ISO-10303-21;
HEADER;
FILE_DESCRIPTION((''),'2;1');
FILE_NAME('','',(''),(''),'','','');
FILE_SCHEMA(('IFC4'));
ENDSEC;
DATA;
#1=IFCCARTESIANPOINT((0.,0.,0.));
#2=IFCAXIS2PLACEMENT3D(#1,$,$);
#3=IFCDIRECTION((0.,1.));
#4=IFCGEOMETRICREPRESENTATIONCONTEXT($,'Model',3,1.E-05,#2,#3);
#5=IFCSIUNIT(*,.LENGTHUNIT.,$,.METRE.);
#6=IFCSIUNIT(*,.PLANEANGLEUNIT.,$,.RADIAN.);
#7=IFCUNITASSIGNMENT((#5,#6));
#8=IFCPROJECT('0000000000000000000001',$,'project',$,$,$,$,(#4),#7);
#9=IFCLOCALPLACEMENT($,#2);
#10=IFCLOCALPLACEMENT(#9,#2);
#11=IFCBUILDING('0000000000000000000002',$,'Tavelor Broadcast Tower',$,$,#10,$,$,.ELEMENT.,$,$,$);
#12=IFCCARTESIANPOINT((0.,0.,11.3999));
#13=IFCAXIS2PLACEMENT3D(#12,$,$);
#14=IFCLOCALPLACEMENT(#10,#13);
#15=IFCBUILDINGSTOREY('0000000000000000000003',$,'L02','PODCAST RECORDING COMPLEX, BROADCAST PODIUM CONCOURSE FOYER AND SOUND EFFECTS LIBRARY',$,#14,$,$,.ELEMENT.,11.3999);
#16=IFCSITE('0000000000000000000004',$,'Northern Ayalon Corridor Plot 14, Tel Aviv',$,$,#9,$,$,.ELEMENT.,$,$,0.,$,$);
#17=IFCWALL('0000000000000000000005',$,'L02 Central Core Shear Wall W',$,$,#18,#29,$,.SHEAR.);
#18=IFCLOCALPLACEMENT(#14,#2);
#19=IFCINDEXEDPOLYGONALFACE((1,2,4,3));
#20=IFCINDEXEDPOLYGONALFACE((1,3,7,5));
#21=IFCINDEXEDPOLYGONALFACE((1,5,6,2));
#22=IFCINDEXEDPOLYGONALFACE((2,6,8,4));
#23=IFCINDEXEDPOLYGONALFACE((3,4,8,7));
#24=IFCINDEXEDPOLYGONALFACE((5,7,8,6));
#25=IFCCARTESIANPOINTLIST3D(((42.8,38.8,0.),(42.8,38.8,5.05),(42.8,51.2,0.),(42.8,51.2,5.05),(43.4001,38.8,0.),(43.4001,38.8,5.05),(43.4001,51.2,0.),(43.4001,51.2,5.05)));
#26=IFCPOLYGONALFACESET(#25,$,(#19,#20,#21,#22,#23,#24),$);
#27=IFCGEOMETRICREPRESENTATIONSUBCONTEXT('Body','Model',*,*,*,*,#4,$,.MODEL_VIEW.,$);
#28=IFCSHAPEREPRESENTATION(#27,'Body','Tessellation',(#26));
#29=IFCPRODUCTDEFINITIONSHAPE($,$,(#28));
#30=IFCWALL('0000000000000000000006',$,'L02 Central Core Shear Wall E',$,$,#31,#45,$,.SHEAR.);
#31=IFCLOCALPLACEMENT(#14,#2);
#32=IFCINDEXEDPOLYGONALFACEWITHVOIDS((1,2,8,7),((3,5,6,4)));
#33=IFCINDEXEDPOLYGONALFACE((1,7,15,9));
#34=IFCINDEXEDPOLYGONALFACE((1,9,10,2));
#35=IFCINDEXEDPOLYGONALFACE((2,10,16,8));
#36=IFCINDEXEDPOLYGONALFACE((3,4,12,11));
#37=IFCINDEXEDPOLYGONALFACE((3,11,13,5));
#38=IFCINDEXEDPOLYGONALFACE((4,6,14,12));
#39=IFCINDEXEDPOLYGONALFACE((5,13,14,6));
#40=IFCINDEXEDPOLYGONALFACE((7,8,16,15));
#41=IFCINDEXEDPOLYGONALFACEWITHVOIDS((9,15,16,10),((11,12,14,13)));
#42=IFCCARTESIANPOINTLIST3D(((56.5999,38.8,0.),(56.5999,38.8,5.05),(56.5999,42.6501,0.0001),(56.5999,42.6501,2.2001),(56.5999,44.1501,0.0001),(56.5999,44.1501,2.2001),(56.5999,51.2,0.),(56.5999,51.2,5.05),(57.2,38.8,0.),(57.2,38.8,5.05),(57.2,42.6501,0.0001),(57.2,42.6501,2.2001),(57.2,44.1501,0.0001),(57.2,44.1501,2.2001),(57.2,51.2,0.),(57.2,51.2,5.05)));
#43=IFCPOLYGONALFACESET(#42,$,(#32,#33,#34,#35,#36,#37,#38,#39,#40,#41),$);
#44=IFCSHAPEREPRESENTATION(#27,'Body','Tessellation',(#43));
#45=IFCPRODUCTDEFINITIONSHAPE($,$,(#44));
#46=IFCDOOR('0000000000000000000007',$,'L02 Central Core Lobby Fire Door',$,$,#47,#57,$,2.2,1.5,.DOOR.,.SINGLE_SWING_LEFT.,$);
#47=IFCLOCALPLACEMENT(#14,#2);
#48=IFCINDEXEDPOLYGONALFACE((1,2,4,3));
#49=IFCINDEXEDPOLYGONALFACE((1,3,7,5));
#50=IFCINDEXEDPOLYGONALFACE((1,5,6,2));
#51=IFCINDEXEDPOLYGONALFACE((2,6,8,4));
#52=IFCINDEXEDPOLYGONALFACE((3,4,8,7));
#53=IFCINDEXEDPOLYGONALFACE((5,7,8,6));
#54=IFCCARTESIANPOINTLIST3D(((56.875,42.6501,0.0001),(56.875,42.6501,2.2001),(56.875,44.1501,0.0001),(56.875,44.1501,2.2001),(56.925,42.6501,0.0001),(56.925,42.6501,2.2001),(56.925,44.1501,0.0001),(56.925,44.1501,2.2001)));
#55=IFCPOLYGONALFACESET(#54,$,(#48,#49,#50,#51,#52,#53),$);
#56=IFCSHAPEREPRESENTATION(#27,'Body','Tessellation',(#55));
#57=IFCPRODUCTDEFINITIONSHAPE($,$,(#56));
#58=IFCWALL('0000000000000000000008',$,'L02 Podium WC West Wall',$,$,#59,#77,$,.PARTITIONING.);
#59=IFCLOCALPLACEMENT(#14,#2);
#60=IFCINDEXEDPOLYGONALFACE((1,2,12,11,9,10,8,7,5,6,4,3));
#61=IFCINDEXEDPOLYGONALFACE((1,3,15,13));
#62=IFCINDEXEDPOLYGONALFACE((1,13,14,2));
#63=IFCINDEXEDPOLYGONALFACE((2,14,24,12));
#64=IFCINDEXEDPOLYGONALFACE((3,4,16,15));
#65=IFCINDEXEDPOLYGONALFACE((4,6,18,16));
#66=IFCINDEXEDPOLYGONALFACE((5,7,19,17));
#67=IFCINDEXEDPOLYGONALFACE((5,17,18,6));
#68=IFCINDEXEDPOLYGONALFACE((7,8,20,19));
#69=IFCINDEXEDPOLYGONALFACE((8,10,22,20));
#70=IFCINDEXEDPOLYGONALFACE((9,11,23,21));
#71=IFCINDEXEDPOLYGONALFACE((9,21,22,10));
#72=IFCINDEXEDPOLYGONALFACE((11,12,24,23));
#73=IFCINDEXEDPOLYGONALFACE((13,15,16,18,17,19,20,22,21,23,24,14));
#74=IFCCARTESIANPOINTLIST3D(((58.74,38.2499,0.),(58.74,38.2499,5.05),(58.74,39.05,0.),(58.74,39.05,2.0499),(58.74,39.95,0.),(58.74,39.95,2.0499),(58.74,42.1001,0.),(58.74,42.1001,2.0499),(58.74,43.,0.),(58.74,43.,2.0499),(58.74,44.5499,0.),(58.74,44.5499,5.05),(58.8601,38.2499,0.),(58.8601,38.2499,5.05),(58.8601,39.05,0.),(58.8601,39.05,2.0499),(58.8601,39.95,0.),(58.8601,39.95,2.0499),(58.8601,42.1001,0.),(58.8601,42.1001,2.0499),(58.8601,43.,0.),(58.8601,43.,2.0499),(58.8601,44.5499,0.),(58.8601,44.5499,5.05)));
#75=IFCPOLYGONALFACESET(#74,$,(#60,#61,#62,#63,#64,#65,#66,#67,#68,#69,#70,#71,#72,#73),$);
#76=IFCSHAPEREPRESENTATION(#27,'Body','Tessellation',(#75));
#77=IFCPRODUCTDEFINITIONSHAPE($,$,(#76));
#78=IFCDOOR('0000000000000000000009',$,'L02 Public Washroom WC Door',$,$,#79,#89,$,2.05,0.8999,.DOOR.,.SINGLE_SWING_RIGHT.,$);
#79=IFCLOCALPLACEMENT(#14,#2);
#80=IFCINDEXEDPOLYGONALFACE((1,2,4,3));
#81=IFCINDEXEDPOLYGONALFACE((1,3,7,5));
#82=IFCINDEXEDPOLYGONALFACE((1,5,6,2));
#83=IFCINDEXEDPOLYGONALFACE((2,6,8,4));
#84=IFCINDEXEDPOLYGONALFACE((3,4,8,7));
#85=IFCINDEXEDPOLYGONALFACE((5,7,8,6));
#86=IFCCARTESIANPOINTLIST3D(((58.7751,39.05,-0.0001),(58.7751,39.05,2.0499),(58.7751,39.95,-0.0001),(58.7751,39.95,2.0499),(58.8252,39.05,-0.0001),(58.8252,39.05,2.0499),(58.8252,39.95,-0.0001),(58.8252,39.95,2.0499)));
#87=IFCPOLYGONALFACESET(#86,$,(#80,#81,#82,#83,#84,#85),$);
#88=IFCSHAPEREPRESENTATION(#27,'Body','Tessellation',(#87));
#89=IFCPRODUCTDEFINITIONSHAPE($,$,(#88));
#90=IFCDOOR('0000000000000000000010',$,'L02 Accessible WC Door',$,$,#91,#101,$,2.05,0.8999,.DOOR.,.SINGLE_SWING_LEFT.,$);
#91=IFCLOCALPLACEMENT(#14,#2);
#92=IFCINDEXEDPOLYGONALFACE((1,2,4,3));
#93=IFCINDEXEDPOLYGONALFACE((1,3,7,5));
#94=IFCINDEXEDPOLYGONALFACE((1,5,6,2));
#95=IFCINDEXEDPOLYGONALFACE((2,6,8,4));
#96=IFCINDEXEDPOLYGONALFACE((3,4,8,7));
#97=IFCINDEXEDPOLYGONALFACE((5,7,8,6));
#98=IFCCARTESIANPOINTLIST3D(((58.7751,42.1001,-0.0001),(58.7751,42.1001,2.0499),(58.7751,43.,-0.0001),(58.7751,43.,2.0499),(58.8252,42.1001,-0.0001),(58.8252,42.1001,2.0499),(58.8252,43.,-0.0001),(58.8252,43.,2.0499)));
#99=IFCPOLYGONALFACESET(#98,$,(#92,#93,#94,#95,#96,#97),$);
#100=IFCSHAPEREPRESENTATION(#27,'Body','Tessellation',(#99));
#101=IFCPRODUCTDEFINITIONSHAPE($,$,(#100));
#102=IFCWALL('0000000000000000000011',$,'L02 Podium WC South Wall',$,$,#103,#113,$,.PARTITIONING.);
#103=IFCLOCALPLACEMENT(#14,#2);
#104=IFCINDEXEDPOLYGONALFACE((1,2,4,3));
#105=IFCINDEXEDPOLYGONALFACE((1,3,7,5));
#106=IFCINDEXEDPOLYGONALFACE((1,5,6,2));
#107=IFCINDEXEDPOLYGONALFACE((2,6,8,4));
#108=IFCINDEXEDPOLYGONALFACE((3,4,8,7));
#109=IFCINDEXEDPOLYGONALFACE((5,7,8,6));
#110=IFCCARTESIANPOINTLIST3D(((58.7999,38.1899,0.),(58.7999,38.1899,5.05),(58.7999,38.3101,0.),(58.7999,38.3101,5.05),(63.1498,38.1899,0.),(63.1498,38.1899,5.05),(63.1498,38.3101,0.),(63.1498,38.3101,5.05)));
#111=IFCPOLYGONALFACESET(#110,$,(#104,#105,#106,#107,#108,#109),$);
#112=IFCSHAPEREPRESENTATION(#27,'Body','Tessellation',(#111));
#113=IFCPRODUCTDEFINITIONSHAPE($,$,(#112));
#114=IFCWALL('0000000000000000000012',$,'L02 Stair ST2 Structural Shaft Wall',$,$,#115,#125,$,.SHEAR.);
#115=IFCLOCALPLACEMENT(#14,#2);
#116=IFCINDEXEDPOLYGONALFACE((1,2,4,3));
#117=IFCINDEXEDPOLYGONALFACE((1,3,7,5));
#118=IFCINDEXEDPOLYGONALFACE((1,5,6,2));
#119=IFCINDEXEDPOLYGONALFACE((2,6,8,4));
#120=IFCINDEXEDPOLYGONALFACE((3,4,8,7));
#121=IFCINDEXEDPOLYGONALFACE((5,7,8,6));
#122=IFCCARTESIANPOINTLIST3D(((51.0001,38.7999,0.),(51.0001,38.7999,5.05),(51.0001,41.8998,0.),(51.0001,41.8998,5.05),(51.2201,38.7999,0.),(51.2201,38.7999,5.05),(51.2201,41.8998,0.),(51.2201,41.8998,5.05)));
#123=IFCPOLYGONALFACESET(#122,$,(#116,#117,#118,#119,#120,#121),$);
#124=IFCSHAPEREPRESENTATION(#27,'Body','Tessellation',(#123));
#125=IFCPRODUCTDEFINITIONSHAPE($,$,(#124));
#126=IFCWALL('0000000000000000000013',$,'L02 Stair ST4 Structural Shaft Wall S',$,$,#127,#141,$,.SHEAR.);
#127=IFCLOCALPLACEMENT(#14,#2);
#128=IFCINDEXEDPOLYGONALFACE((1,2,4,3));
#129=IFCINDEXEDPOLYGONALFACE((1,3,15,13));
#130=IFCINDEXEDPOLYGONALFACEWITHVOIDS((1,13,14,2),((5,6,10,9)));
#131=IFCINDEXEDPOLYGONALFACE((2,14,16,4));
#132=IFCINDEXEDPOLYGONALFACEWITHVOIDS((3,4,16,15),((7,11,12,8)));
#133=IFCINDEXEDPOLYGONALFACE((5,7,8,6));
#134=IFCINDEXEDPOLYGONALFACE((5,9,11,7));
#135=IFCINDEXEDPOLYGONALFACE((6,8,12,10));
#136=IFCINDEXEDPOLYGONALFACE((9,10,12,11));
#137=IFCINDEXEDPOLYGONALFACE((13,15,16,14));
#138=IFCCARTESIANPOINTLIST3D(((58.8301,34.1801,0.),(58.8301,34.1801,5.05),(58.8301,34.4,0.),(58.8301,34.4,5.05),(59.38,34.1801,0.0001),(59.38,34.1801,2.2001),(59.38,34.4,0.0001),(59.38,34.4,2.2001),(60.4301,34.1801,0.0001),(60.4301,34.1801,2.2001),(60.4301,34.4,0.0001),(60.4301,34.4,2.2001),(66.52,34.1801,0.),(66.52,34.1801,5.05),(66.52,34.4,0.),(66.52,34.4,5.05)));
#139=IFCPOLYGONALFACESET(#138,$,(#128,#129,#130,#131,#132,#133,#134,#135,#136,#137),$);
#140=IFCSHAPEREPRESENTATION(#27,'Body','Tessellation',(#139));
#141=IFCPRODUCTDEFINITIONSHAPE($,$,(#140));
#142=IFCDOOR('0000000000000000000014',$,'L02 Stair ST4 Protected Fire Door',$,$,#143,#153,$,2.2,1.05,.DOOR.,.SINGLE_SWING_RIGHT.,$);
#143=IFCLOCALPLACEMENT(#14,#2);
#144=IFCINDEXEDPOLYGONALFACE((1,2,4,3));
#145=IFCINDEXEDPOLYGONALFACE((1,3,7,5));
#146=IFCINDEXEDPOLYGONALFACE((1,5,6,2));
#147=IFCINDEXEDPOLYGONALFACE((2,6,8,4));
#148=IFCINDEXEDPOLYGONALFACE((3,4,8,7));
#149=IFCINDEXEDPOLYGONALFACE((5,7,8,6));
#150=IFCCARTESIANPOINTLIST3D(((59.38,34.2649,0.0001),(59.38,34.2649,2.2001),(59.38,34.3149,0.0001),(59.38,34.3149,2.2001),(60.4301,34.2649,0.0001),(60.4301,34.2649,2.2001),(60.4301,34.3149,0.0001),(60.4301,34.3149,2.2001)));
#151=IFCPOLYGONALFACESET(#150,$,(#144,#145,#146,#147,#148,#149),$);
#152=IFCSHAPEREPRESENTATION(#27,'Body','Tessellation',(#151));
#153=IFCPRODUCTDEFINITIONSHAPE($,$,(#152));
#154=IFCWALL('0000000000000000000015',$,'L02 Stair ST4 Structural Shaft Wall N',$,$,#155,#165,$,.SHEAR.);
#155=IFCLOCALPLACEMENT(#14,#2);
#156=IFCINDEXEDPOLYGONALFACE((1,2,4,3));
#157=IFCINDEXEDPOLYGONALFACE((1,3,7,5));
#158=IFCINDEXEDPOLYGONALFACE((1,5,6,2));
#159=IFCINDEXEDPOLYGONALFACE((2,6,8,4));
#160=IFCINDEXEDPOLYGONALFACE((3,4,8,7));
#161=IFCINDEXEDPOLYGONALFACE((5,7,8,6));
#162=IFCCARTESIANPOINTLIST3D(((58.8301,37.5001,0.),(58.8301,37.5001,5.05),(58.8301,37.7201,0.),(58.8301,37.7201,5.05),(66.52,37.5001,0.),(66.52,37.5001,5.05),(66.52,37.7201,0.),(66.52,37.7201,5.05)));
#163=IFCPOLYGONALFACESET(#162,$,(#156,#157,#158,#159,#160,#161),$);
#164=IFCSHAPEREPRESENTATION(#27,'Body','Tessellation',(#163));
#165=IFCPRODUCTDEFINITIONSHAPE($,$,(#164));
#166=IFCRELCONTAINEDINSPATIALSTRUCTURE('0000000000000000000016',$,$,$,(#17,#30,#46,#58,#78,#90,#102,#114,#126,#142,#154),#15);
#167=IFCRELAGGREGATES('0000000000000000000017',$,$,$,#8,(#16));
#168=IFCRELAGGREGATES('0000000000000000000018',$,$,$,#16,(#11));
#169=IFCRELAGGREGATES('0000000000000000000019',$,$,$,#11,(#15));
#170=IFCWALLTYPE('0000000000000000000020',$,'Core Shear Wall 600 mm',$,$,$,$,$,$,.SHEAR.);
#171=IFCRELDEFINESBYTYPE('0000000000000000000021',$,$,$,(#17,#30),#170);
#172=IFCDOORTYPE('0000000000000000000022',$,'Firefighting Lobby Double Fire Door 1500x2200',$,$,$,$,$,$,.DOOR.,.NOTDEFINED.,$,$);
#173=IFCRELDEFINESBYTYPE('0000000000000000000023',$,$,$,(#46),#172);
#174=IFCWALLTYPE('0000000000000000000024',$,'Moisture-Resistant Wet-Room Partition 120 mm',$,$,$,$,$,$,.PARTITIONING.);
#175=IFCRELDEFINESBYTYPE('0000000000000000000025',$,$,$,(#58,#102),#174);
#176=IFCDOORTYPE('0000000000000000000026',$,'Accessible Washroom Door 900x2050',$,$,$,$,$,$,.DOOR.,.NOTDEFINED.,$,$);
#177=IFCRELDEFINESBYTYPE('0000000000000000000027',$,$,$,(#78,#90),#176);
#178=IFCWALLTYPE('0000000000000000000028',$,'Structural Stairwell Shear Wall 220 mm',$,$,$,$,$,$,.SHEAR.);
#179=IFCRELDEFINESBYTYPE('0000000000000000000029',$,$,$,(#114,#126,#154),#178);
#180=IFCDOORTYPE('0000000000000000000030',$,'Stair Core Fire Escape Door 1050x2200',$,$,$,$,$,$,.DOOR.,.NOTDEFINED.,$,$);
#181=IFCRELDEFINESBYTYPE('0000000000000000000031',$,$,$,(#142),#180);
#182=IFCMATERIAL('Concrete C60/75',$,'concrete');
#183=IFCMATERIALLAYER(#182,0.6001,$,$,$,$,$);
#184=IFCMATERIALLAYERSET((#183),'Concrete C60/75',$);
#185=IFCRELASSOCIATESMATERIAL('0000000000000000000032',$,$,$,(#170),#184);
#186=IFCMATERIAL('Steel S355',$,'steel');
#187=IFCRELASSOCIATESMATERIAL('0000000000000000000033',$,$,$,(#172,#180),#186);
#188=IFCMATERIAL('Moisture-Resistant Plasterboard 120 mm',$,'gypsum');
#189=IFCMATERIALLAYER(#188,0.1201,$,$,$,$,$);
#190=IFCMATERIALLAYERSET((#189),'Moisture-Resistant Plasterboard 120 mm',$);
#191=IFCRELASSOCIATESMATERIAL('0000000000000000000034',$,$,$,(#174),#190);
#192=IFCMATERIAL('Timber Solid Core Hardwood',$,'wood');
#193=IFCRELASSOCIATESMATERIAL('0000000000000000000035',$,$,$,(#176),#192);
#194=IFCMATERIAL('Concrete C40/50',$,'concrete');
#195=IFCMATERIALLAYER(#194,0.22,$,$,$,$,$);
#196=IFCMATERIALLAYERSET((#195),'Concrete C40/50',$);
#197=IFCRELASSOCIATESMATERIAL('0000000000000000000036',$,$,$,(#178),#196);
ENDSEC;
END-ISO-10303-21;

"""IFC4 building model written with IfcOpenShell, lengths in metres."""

from ifc_helpers import new_model, si_unit, direction, frame, frame_2d, origin, place, context, subcontext, project, spatial, rectangle, extrude, material, layer, layer_set, type_object, element, fill, save


model = new_model("IFC4")

# Units and contexts
model_context = context("Model", 3, precision=1e-05, world=origin(), true_north=direction((0.0, 1.0)))
body_context = subcontext(model_context, "Body", "Model", "MODEL_VIEW")
ifc_project = project(units=[si_unit("LENGTHUNIT", "METRE"), si_unit("PLANEANGLEUNIT", "RADIAN")], contexts=[model_context])

# Site, building, storey
site_placement = place(None, origin())
site = spatial("IfcSite", under=ifc_project, at=site_placement, Name="Northern Ayalon Corridor Plot 14, Tel Aviv", CompositionType="ELEMENT", RefElevation=0.0)
building_placement = place(site_placement, origin())
building = spatial("IfcBuilding", under=site, at=building_placement, Name="Tavelor Broadcast Tower", CompositionType="ELEMENT")
storey_placement = place(building_placement, frame((0.0, 0.0, 11.3999)))
storey = spatial("IfcBuildingStorey", under=building, at=storey_placement, Name="L02", Description="PODCAST RECORDING COMPLEX, BROADCAST PODIUM CONCOURSE FOYER AND SOUND EFFECTS LIBRARY", CompositionType="ELEMENT", Elevation=11.3999)

# Shared definitions
ifc_material_1 = material(Name="Concrete C60/75", Category="concrete")

# Shared definitions
ifc_material_2 = material(Name="Steel S355", Category="steel")

# Wall
ifc_layer_1 = layer(ifc_material_1, 0.6001)
ifc_layer_set_1 = layer_set([ifc_layer_1], Name="Concrete C60/75")
wall_type_1 = type_object("IfcWallType", Name="Core Shear Wall 600 mm", PredefinedType="SHEAR", material=ifc_layer_set_1)
wall_1_placement = place(storey_placement, frame((43.1001, 38.8, 0.0), z_axis=(0.0, 0.0, 1.0), x_axis=(0.0, 1.0, 0.0)))
element("IfcWall", 1, at=wall_1_placement, inside=storey, type_object=wall_type_1, Name="L02 Central Core Shear Wall W", PredefinedType="SHEAR", context=body_context, shape_type="SweptSolid", body=[
    extrude(rectangle(XDim=12.3999, YDim=0.6001, at=frame_2d((6.2, 0.0))), origin(), (0.0, 0.0, 1.0), 5.05),
])

# Wall, opening, door
wall_2_placement = place(storey_placement, frame((56.8999, 38.8, 0.0), z_axis=(0.0, 0.0, 1.0), x_axis=(0.0, 1.0, 0.0)))
wall_2 = element("IfcWall", 2, at=wall_2_placement, inside=storey, type_object=wall_type_1, Name="L02 Central Core Shear Wall E", PredefinedType="SHEAR", context=body_context, shape_type="SweptSolid", body=[
    extrude(rectangle(XDim=12.3999, YDim=0.6001, at=frame_2d((6.2, 0.0))), origin(), (0.0, 0.0, 1.0), 5.05),
])
opening_1_placement = place(wall_2_placement, frame((3.8501, 0.0, 0.0)))
opening_1 = element("IfcOpeningElement", 3, at=opening_1_placement, cuts=wall_2, PredefinedType="OPENING", context=body_context, shape_type="SweptSolid", body=[
    extrude(rectangle(XDim=1.5, YDim=2.2, at=frame_2d((0.75, 1.1001))), frame((0.0, 0.3101, 0.0), z_axis=(0.0, -1.0, 0.0), x_axis=(1.0, 0.0, 0.0)), (0.0, 0.0, 1.0), 0.6201),
])
door_type_1 = type_object("IfcDoorType", Name="Firefighting Lobby Double Fire Door 1500x2200", OperationType="NOTDEFINED", PredefinedType="DOOR", material=ifc_material_2)
door_1_placement = place(opening_1_placement, origin())
door_1 = element("IfcDoor", 4, at=door_1_placement, inside=storey, type_object=door_type_1, Name="L02 Central Core Lobby Fire Door", OperationType="SINGLE_SWING_LEFT", OverallHeight=2.2, OverallWidth=1.5, PredefinedType="DOOR", context=body_context, shape_type="SweptSolid", body=[
    extrude(rectangle(XDim=1.5, YDim=2.2, at=frame_2d((0.75, 1.1001))), frame((0.0, 0.0249, 0.0), z_axis=(0.0, -1.0, 0.0), x_axis=(1.0, 0.0, 0.0)), (0.0, 0.0, 1.0), 0.05),
])
fill(opening_1, door_1)

# Wall, openings, doors
ifc_material_3 = material(Name="Moisture-Resistant Plasterboard 120 mm", Category="gypsum")
ifc_layer_2 = layer(ifc_material_3, 0.1201)
ifc_layer_set_2 = layer_set([ifc_layer_2], Name="Moisture-Resistant Plasterboard 120 mm")
wall_type_2 = type_object("IfcWallType", Name="Moisture-Resistant Wet-Room Partition 120 mm", PredefinedType="PARTITIONING", material=ifc_layer_set_2)
wall_3_placement = place(storey_placement, frame((58.8, 38.25, 0.0), z_axis=(0.0, 0.0, 1.0), x_axis=(0.0, 1.0, 0.0)))
wall_3 = element("IfcWall", 5, at=wall_3_placement, inside=storey, type_object=wall_type_2, Name="L02 Podium WC West Wall", PredefinedType="PARTITIONING", context=body_context, shape_type="SweptSolid", body=[
    extrude(rectangle(XDim=6.3, YDim=0.1201, at=frame_2d((3.1499, 0.0))), origin(), (0.0, 0.0, 1.0), 5.05),
])
opening_2_placement = place(wall_3_placement, frame((0.8, 0.0, 0.0)))
opening_2 = element("IfcOpeningElement", 6, at=opening_2_placement, cuts=wall_3, PredefinedType="OPENING", context=body_context, shape_type="SweptSolid", body=[
    extrude(rectangle(XDim=0.8999, YDim=2.05, at=frame_2d((0.45, 1.0249))), frame((0.0, 0.0701, 0.0), z_axis=(0.0, -1.0, 0.0), x_axis=(1.0, 0.0, 0.0)), (0.0, 0.0, 1.0), 0.1401),
])
opening_3_placement = place(wall_3_placement, frame((3.8501, 0.0, 0.0)))
opening_3 = element("IfcOpeningElement", 7, at=opening_3_placement, cuts=wall_3, PredefinedType="OPENING", context=body_context, shape_type="SweptSolid", body=[
    extrude(rectangle(XDim=0.8999, YDim=2.05, at=frame_2d((0.45, 1.0249))), frame((0.0, 0.0701, 0.0), z_axis=(0.0, -1.0, 0.0), x_axis=(1.0, 0.0, 0.0)), (0.0, 0.0, 1.0), 0.1401),
])
ifc_material_4 = material(Name="Timber Solid Core Hardwood", Category="wood")
door_type_2 = type_object("IfcDoorType", Name="Accessible Washroom Door 900x2050", OperationType="NOTDEFINED", PredefinedType="DOOR", material=ifc_material_4)
door_2_placement = place(opening_2_placement, origin())
door_2 = element("IfcDoor", 8, at=door_2_placement, inside=storey, type_object=door_type_2, Name="L02 Public Washroom WC Door", OperationType="SINGLE_SWING_RIGHT", OverallHeight=2.05, OverallWidth=0.8999, PredefinedType="DOOR", context=body_context, shape_type="SweptSolid", body=[
    extrude(rectangle(XDim=0.8999, YDim=2.05, at=frame_2d((0.45, 1.0249))), frame((0.0, 0.0249, 0.0), z_axis=(0.0, -1.0, 0.0), x_axis=(1.0, 0.0, 0.0)), (0.0, 0.0, 1.0), 0.05),
])
fill(opening_2, door_2)
door_3_placement = place(opening_3_placement, origin())
door_3 = element("IfcDoor", 9, at=door_3_placement, inside=storey, type_object=door_type_2, Name="L02 Accessible WC Door", OperationType="SINGLE_SWING_LEFT", OverallHeight=2.05, OverallWidth=0.8999, PredefinedType="DOOR", context=body_context, shape_type="SweptSolid", body=[
    extrude(rectangle(XDim=0.8999, YDim=2.05, at=frame_2d((0.45, 1.0249))), frame((0.0, 0.0249, 0.0), z_axis=(0.0, -1.0, 0.0), x_axis=(1.0, 0.0, 0.0)), (0.0, 0.0, 1.0), 0.05),
])
fill(opening_3, door_3)

# Walls
wall_4_placement = place(storey_placement, frame((58.8, 38.25, 0.0), z_axis=(0.0, 0.0, 1.0), x_axis=(1.0, 0.0, 0.0)))
element("IfcWall", 10, at=wall_4_placement, inside=storey, type_object=wall_type_2, Name="L02 Podium WC South Wall", PredefinedType="PARTITIONING", context=body_context, shape_type="SweptSolid", body=[
    extrude(rectangle(XDim=4.3499, YDim=0.1201, at=frame_2d((2.1748, 0.0))), origin(), (0.0, 0.0, 1.0), 5.05),
])
ifc_material_5 = material(Name="Concrete C40/50", Category="concrete")
ifc_layer_3 = layer(ifc_material_5, 0.22)
ifc_layer_set_3 = layer_set([ifc_layer_3], Name="Concrete C40/50")
wall_type_3 = type_object("IfcWallType", Name="Structural Stairwell Shear Wall 220 mm", PredefinedType="SHEAR", material=ifc_layer_set_3)
wall_5_placement = place(storey_placement, frame((51.1101, 38.8, 0.0), z_axis=(0.0, 0.0, 1.0), x_axis=(0.0, 1.0, 0.0)))
element("IfcWall", 11, at=wall_5_placement, inside=storey, type_object=wall_type_3, Name="L02 Stair ST2 Structural Shaft Wall", PredefinedType="SHEAR", context=body_context, shape_type="SweptSolid", body=[
    extrude(rectangle(XDim=3.0999, YDim=0.22, at=frame_2d((1.5498, 0.0))), origin(), (0.0, 0.0, 1.0), 5.05),
])

# Wall, opening, door
wall_6_placement = place(storey_placement, frame((58.8301, 34.29, 0.0), z_axis=(0.0, 0.0, 1.0), x_axis=(1.0, 0.0, 0.0)))
wall_6 = element("IfcWall", 12, at=wall_6_placement, inside=storey, type_object=wall_type_3, Name="L02 Stair ST4 Structural Shaft Wall S", PredefinedType="SHEAR", context=body_context, shape_type="SweptSolid", body=[
    extrude(rectangle(XDim=7.6899, YDim=0.22, at=frame_2d((3.845, 0.0))), origin(), (0.0, 0.0, 1.0), 5.05),
])
opening_4_placement = place(wall_6_placement, frame((0.55, 0.0, 0.0)))
opening_4 = element("IfcOpeningElement", 13, at=opening_4_placement, cuts=wall_6, PredefinedType="OPENING", context=body_context, shape_type="SweptSolid", body=[
    extrude(rectangle(XDim=1.05, YDim=2.2, at=frame_2d((0.5249, 1.1001))), frame((0.0, 0.1201, 0.0), z_axis=(0.0, -1.0, 0.0), x_axis=(1.0, 0.0, 0.0)), (0.0, 0.0, 1.0), 0.24),
])
door_type_3 = type_object("IfcDoorType", Name="Stair Core Fire Escape Door 1050x2200", OperationType="NOTDEFINED", PredefinedType="DOOR", material=ifc_material_2)
door_4_placement = place(opening_4_placement, origin())
door_4 = element("IfcDoor", 14, at=door_4_placement, inside=storey, type_object=door_type_3, Name="L02 Stair ST4 Protected Fire Door", OperationType="SINGLE_SWING_RIGHT", OverallHeight=2.2, OverallWidth=1.05, PredefinedType="DOOR", context=body_context, shape_type="SweptSolid", body=[
    extrude(rectangle(XDim=1.05, YDim=2.2, at=frame_2d((0.5249, 1.1001))), frame((0.0, 0.0249, 0.0), z_axis=(0.0, -1.0, 0.0), x_axis=(1.0, 0.0, 0.0)), (0.0, 0.0, 1.0), 0.05),
])
fill(opening_4, door_4)

# Wall
wall_7_placement = place(storey_placement, frame((58.8301, 37.6101, 0.0), z_axis=(0.0, 0.0, 1.0), x_axis=(1.0, 0.0, 0.0)))
element("IfcWall", 15, at=wall_7_placement, inside=storey, type_object=wall_type_3, Name="L02 Stair ST4 Structural Shaft Wall N", PredefinedType="SHEAR", context=body_context, shape_type="SweptSolid", body=[
    extrude(rectangle(XDim=7.6899, YDim=0.22, at=frame_2d((3.845, 0.0))), origin(), (0.0, 0.0, 1.0), 5.05),
])

save(model, "model.ifc")
